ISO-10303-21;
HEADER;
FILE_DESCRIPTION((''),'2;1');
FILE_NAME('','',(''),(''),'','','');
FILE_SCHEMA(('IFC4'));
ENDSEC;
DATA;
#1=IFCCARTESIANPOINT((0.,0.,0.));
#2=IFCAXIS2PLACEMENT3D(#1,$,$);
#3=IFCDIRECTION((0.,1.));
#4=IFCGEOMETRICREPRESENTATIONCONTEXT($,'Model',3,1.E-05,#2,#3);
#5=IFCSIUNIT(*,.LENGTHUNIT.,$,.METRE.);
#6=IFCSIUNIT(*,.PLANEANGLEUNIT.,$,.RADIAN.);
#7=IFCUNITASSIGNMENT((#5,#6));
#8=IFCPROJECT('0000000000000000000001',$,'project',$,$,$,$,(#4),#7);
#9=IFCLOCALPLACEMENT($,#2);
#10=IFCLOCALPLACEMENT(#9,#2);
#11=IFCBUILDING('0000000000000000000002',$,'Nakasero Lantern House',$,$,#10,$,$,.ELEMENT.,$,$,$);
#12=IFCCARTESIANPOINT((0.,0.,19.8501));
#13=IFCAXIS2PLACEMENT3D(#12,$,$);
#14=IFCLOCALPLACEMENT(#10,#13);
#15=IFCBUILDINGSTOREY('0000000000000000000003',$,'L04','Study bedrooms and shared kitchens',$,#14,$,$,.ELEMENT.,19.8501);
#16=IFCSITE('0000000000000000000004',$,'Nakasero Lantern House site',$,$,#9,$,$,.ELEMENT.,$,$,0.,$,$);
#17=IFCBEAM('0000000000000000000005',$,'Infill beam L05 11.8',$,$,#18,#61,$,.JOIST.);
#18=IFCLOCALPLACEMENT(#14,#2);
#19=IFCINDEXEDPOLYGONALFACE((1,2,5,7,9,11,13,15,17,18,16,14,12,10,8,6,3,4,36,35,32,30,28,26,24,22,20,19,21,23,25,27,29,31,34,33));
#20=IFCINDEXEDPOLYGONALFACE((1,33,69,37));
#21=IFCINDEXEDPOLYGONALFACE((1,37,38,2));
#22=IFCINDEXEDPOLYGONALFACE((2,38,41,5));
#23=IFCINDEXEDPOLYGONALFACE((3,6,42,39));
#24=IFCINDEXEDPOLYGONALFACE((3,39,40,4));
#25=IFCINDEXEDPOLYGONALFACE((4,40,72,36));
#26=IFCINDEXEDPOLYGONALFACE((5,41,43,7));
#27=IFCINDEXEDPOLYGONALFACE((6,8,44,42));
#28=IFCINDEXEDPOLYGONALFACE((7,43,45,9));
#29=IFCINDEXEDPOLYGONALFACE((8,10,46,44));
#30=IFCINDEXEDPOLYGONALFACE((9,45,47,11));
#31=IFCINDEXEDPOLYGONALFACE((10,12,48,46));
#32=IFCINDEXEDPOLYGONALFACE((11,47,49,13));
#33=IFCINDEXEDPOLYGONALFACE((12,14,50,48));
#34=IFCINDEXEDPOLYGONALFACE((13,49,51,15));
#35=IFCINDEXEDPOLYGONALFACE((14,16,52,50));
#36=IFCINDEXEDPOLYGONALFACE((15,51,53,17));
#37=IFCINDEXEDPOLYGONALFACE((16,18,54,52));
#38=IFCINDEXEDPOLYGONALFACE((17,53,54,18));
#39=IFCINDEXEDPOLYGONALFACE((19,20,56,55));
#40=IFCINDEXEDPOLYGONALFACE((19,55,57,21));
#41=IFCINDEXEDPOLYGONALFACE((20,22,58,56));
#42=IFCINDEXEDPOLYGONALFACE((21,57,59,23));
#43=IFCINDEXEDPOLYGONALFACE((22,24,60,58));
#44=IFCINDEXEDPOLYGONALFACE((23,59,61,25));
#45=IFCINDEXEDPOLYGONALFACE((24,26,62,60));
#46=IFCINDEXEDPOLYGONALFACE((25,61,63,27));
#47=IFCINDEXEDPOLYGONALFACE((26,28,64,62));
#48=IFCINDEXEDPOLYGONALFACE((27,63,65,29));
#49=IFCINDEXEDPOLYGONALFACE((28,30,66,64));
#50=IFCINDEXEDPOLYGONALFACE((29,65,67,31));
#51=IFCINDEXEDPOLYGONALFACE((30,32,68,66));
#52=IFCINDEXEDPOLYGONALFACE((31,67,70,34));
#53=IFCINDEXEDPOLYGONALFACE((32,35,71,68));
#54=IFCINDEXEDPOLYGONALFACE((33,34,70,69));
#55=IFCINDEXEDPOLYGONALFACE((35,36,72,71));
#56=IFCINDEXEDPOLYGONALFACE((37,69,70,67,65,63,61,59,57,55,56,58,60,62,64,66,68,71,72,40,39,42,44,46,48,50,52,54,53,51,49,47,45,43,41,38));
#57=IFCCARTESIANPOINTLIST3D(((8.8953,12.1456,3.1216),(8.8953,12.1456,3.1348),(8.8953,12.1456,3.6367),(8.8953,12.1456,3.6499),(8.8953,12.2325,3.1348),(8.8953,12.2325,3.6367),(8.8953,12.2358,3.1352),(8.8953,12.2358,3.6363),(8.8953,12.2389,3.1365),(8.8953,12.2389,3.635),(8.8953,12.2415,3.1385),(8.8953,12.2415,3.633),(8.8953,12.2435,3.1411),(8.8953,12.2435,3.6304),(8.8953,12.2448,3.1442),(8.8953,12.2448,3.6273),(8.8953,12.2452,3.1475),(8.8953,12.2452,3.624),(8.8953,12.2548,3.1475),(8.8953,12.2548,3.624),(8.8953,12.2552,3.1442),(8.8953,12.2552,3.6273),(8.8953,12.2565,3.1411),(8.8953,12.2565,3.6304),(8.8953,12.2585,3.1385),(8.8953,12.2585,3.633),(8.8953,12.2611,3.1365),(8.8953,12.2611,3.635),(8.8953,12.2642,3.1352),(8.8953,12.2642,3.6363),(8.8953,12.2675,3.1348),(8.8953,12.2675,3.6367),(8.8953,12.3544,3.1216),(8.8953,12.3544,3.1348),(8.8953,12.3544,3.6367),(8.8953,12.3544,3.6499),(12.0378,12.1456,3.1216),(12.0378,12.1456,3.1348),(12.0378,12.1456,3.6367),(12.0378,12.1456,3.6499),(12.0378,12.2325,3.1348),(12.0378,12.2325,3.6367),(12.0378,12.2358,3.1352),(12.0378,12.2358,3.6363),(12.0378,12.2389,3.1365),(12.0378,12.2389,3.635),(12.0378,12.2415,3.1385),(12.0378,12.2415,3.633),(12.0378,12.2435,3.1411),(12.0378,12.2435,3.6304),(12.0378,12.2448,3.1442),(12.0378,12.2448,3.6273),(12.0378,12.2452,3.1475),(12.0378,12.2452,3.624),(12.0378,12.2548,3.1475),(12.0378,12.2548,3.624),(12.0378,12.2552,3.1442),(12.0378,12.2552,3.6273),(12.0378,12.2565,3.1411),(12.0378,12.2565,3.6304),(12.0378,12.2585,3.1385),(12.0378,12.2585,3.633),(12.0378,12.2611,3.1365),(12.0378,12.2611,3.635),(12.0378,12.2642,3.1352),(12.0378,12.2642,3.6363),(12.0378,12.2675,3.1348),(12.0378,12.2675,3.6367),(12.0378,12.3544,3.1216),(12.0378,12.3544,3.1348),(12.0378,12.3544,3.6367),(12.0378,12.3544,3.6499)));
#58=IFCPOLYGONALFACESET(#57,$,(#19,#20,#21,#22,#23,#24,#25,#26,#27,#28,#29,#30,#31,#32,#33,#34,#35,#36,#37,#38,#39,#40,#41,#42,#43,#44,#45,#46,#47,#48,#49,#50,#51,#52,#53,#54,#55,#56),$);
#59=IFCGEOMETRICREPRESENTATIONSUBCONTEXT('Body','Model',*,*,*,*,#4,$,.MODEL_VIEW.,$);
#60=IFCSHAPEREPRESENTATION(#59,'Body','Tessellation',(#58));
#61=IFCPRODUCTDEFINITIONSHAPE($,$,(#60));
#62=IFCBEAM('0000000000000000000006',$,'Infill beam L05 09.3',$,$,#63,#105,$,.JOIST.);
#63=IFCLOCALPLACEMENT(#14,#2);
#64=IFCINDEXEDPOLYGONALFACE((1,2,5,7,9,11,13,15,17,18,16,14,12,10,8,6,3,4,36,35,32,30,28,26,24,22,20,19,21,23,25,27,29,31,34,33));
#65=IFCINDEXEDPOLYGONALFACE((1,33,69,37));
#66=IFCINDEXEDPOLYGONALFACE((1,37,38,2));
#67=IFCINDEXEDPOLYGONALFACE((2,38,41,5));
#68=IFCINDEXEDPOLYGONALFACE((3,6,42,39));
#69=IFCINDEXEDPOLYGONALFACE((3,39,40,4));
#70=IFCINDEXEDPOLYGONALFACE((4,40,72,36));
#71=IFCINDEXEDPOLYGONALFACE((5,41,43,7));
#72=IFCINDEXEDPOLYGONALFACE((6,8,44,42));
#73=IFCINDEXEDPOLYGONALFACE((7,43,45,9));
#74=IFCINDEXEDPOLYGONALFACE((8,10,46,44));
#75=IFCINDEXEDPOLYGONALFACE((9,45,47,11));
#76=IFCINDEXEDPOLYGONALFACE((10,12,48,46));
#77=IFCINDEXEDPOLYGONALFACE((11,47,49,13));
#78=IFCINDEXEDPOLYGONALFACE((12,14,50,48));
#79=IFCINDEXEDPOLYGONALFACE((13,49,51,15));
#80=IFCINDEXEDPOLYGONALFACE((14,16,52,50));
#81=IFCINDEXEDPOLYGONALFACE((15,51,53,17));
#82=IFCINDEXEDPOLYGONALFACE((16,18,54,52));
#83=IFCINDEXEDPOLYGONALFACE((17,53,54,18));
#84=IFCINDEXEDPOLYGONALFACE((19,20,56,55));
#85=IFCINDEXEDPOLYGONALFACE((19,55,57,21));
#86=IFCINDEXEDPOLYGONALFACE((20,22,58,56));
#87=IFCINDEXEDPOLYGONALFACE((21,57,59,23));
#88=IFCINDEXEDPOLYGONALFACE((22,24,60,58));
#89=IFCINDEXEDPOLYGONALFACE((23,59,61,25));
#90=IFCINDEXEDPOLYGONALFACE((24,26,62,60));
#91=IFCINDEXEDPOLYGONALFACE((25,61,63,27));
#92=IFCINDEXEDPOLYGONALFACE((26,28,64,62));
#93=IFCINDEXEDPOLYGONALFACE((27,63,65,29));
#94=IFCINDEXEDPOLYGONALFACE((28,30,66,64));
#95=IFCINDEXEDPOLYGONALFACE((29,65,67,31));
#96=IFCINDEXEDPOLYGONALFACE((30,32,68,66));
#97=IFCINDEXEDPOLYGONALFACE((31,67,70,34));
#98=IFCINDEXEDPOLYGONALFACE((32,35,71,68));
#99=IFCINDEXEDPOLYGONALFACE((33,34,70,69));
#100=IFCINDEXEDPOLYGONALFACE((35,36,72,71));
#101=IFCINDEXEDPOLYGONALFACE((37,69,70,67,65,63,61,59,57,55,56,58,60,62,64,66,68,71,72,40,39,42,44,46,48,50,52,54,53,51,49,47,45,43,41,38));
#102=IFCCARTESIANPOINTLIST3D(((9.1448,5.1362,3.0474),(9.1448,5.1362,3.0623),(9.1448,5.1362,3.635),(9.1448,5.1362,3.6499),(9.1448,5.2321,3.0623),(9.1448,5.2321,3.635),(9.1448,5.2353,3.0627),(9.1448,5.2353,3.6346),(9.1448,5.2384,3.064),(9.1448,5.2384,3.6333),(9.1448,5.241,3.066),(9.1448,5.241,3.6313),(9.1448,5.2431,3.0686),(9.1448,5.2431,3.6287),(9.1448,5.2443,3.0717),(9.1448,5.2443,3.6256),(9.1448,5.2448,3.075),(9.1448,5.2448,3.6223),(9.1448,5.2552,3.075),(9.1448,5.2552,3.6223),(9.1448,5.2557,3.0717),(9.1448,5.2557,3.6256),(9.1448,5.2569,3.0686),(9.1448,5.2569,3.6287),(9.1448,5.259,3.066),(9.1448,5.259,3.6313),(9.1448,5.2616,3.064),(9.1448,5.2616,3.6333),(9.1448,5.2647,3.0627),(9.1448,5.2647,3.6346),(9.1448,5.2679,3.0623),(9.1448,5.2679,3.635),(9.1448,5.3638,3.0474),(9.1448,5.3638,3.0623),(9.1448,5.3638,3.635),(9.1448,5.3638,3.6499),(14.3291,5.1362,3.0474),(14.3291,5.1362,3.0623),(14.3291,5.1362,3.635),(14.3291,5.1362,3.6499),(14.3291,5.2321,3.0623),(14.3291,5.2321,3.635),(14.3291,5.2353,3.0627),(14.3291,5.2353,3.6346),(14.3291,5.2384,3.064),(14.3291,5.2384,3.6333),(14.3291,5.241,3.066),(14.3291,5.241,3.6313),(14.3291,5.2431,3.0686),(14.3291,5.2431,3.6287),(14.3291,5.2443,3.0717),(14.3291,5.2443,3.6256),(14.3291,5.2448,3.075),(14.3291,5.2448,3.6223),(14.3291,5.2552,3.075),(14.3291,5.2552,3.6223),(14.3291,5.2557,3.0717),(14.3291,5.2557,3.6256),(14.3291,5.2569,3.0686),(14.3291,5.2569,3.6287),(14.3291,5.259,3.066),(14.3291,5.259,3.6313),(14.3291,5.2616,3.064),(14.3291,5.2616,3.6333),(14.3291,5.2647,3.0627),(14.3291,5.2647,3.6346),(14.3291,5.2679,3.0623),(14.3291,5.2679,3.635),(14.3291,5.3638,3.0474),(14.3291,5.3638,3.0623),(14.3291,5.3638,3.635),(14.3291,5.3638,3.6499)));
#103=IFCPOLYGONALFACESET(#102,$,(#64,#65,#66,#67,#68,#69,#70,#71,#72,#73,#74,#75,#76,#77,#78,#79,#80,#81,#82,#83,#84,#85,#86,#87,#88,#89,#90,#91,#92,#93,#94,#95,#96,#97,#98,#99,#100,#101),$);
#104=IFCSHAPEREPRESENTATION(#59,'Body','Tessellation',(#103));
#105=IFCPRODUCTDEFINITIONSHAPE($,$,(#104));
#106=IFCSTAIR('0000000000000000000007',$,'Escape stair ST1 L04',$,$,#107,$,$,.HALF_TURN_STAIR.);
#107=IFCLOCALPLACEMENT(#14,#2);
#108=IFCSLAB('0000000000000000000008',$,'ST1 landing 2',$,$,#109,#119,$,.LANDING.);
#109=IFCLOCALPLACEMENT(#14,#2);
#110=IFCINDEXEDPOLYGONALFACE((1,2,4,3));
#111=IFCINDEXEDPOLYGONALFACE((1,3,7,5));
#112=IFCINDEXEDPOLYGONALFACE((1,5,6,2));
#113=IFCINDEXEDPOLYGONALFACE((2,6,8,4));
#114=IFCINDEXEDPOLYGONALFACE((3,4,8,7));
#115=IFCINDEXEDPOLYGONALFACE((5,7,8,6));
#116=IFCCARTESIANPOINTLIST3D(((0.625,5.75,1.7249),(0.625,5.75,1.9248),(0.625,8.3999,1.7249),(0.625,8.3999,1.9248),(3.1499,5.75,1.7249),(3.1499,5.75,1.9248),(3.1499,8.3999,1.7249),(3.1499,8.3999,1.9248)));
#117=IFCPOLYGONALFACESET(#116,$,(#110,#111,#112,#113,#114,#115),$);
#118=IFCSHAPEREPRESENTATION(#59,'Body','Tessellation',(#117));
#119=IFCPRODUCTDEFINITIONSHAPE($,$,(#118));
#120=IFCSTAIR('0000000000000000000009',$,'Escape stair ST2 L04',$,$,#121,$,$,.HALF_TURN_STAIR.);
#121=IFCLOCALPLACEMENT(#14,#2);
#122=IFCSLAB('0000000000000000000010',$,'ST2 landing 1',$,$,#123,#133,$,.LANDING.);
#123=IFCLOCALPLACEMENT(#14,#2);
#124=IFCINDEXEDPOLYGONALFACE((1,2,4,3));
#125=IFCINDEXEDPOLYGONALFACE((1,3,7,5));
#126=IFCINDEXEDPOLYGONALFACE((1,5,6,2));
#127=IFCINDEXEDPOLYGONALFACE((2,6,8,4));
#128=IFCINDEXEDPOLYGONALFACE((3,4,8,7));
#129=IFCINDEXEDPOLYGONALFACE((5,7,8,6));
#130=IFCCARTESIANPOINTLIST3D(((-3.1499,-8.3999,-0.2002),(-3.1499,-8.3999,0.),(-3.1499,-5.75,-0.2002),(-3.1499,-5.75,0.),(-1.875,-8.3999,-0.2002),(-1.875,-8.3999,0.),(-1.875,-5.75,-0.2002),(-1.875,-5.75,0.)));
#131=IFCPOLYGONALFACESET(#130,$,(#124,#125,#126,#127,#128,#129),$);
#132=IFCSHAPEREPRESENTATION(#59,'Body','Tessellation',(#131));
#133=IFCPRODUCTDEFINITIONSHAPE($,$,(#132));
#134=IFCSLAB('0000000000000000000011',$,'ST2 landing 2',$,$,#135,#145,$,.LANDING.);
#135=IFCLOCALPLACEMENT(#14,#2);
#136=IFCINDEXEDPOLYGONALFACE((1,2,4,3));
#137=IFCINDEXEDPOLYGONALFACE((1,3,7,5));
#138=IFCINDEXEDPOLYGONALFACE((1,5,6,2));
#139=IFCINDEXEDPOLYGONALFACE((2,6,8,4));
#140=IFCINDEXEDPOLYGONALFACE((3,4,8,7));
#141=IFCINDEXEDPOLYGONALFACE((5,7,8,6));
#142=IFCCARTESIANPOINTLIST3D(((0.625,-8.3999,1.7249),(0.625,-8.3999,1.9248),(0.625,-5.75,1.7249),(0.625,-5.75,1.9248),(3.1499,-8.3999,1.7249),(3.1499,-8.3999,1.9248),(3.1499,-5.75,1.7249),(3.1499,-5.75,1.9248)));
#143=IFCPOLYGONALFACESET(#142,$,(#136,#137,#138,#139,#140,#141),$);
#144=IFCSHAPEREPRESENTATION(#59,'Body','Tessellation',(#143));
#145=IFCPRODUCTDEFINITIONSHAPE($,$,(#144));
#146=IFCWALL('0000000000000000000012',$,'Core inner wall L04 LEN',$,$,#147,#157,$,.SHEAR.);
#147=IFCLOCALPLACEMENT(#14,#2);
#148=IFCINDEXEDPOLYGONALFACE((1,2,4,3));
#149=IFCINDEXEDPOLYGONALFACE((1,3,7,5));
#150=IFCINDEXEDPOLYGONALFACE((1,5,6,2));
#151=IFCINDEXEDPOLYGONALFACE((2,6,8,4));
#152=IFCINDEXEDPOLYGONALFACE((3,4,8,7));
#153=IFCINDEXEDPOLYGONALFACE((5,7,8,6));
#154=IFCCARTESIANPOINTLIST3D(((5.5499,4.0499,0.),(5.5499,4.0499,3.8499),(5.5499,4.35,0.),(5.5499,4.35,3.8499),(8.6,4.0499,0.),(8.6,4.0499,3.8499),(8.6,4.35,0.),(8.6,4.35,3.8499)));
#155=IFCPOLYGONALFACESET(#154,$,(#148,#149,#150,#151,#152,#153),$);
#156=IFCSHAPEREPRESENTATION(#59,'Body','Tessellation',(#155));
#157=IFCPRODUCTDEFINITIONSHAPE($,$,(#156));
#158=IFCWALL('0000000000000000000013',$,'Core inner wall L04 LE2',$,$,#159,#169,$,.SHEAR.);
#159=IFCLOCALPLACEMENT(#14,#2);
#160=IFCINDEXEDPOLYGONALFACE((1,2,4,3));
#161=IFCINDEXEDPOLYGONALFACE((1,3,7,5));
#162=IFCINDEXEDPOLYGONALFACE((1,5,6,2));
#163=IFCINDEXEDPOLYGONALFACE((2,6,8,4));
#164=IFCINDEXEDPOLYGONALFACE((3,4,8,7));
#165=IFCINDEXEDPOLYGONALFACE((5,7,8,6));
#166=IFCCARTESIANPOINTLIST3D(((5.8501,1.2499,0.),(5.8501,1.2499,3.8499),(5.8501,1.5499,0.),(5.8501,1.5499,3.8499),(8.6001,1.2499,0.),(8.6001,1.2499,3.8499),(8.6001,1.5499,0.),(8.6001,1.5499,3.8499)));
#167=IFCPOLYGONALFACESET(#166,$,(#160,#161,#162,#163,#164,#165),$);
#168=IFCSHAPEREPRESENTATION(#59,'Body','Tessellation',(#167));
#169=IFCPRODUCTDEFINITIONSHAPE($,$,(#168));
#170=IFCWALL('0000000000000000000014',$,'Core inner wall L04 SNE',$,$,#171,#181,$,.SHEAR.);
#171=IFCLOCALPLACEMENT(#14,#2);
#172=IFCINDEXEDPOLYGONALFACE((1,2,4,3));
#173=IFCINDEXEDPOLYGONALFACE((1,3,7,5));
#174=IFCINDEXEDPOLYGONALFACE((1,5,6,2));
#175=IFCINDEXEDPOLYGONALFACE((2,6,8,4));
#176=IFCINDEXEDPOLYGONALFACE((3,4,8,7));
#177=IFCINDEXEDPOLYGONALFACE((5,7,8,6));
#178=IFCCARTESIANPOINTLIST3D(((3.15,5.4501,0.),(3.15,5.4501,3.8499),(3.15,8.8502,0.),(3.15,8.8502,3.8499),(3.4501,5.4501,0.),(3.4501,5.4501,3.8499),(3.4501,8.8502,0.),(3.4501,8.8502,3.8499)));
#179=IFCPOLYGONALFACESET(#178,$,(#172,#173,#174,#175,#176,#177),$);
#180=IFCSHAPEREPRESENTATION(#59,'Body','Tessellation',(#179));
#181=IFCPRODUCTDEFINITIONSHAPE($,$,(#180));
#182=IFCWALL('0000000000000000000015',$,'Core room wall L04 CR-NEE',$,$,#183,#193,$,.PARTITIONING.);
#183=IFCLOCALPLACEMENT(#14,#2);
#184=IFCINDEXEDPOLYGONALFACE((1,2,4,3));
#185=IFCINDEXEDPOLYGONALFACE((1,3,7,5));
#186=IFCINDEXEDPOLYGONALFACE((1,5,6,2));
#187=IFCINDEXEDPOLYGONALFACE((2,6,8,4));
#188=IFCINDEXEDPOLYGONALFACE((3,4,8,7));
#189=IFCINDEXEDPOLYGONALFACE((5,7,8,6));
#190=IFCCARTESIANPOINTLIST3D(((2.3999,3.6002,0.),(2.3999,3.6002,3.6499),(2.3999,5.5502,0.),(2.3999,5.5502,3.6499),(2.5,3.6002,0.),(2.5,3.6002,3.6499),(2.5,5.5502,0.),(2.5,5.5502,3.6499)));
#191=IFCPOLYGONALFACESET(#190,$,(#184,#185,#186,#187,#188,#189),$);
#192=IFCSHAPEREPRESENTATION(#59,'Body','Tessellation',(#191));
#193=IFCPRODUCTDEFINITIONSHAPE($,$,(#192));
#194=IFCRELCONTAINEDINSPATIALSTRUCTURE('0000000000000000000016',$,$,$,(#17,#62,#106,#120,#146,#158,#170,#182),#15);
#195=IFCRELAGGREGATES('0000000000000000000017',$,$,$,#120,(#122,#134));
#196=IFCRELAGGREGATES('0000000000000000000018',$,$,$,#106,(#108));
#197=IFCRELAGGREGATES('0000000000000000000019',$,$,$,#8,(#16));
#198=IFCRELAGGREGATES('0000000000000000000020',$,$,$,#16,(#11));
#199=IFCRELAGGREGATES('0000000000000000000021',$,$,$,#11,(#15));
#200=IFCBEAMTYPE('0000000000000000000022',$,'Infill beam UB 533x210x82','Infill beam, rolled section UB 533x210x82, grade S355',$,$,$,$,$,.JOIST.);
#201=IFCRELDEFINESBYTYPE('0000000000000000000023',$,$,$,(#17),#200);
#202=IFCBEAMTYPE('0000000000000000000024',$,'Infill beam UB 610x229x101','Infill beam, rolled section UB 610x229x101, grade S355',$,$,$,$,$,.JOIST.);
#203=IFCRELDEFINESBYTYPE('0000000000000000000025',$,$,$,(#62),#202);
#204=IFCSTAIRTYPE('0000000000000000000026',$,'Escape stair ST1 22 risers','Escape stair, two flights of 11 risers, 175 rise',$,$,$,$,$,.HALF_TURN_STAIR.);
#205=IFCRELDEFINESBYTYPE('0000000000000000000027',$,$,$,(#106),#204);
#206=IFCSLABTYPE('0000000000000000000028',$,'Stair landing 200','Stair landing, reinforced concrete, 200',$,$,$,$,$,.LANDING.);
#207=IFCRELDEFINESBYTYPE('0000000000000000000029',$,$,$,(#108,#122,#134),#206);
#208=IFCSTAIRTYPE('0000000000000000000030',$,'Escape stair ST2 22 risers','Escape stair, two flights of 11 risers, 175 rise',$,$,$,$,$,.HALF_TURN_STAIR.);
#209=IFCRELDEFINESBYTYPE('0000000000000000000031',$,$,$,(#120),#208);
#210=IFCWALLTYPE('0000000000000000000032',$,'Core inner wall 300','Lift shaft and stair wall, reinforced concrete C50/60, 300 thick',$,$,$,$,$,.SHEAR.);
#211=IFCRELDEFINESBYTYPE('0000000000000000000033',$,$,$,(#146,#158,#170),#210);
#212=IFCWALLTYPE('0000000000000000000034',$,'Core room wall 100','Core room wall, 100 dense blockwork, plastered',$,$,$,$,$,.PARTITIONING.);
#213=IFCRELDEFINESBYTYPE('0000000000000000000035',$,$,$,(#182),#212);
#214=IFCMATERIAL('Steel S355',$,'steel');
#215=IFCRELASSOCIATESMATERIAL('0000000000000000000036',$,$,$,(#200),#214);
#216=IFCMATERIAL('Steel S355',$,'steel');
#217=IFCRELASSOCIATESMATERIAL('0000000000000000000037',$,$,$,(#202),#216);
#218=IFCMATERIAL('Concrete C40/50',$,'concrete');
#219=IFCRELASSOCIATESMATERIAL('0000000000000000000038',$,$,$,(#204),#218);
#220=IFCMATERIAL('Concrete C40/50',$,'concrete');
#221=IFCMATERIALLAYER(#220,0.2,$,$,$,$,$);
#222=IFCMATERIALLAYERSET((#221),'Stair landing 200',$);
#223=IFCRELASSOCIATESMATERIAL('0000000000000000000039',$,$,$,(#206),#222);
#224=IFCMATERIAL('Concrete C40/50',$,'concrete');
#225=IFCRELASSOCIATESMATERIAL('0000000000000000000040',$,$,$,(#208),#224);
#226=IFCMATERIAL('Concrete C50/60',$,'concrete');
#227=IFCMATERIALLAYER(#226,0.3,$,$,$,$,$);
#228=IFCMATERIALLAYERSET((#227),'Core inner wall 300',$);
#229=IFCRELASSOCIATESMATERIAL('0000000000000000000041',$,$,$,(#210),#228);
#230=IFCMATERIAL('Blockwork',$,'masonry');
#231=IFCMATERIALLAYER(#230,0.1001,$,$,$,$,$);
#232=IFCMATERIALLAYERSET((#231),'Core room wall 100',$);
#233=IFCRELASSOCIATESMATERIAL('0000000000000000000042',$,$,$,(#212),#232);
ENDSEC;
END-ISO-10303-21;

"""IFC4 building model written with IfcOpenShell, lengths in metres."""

from ifc_helpers import new_model, si_unit, direction, frame, frame_2d, origin, origin_2d, place, context, subcontext, project, spatial, polyline, rectangle, i_section, outline, extrude, material, layer, layer_set, material_profile, profile_set, type_object, element, aggregate, save


model = new_model("IFC4")

# Units and contexts
model_context = context("Model", 3, precision=1e-05, world=origin(), true_north=direction((0.0, 1.0)))
body_context = subcontext(model_context, "Body", "Model", "MODEL_VIEW")
ifc_project = project(units=[si_unit("LENGTHUNIT", "METRE"), si_unit("PLANEANGLEUNIT", "RADIAN")], contexts=[model_context])

# Site, building, storey
site_placement = place(None, origin())
site = spatial("IfcSite", under=ifc_project, at=site_placement, Name="Nakasero Lantern House site", CompositionType="ELEMENT", RefElevation=0.0)
building_placement = place(site_placement, origin())
building = spatial("IfcBuilding", under=site, at=building_placement, Name="Nakasero Lantern House", CompositionType="ELEMENT")
storey_placement = place(building_placement, frame((0.0, 0.0, 19.8501)))
storey = spatial("IfcBuildingStorey", under=building, at=storey_placement, Name="L04", Description="Study bedrooms and shared kitchens", CompositionType="ELEMENT", Elevation=19.8501)

# Beams
ifc_material_1 = material(Name="Steel S355", Category="steel")
ifc_material_profile_1 = material_profile(ifc_material_1, i_section(OverallWidth=0.2087, OverallDepth=0.5283, WebThickness=0.0095, FlangeThickness=0.0132, FilletRadius=0.0127, at=origin_2d()), Name="UB 533x210x82")
ifc_profile_set_1 = profile_set([ifc_material_profile_1], Name="Steel S355")
beam_type_1 = type_object("IfcBeamType", Name="Infill beam UB 533x210x82", Description="Infill beam, rolled section UB 533x210x82, grade S355", PredefinedType="JOIST", material=ifc_profile_set_1)
beam_1_placement = place(storey_placement, frame((8.8953, 12.25, 3.3857), z_axis=(1.0, 0.0, 0.0), x_axis=(0.0, 1.0, 0.0)))
element("IfcBeam", 1, at=beam_1_placement, inside=storey, type_object=beam_type_1, Name="Infill beam L05 11.8", PredefinedType="JOIST", context=body_context, shape_type="SweptSolid", body=[
    extrude(i_section(OverallWidth=0.2087, OverallDepth=0.5283, WebThickness=0.0095, FlangeThickness=0.0132, FilletRadius=0.0127, at=origin_2d()), origin(), (0.0, 0.0, 1.0), 3.1426),
])
ifc_material_2 = material(Name="Steel S355", Category="steel")
ifc_material_profile_2 = material_profile(ifc_material_2, i_section(OverallWidth=0.2275, OverallDepth=0.6025, WebThickness=0.0105, FlangeThickness=0.0149, FilletRadius=0.0127, at=origin_2d()), Name="UB 610x229x101")
ifc_profile_set_2 = profile_set([ifc_material_profile_2], Name="Steel S355")
beam_type_2 = type_object("IfcBeamType", Name="Infill beam UB 610x229x101", Description="Infill beam, rolled section UB 610x229x101, grade S355", PredefinedType="JOIST", material=ifc_profile_set_2)
beam_2_placement = place(storey_placement, frame((9.1448, 5.25, 3.3486), z_axis=(1.0, 0.0, 0.0), x_axis=(0.0, 1.0, 0.0)))
element("IfcBeam", 2, at=beam_2_placement, inside=storey, type_object=beam_type_2, Name="Infill beam L05 09.3", PredefinedType="JOIST", context=body_context, shape_type="SweptSolid", body=[
    extrude(i_section(OverallWidth=0.2275, OverallDepth=0.6025, WebThickness=0.0105, FlangeThickness=0.0149, FilletRadius=0.0127, at=origin_2d()), origin(), (0.0, 0.0, 1.0), 5.1843),
])

# Stair, slab
ifc_material_3 = material(Name="Concrete C40/50", Category="concrete")
stair_type_1 = type_object("IfcStairType", Name="Escape stair ST1 22 risers", Description="Escape stair, two flights of 11 risers, 175 rise", PredefinedType="HALF_TURN_STAIR", material=ifc_material_3)
stair_1_placement = place(storey_placement, origin())
stair_1 = element("IfcStair", 3, at=stair_1_placement, inside=storey, type_object=stair_type_1, Name="Escape stair ST1 L04", PredefinedType="HALF_TURN_STAIR")
ifc_material_4 = material(Name="Concrete C40/50", Category="concrete")
ifc_layer_1 = layer(ifc_material_4, 0.2)
ifc_layer_set_1 = layer_set([ifc_layer_1], Name="Stair landing 200")
slab_type = type_object("IfcSlabType", Name="Stair landing 200", Description="Stair landing, reinforced concrete, 200", PredefinedType="LANDING", material=ifc_layer_set_1)
slab_1_placement = place(storey_placement, frame((0.0, 0.0, 1.7249)))
slab_1 = element("IfcSlab", 4, at=slab_1_placement, type_object=slab_type, Name="ST1 landing 2", PredefinedType="LANDING", context=body_context, shape_type="SweptSolid", body=[
    extrude(outline(polyline([(0.625, 5.75), (3.1499, 5.75), (3.1499, 8.3999), (0.625, 8.3999), (0.625, 5.75)])), origin(), (0.0, 0.0, 1.0), 0.2),
])

# Stair, slabs
ifc_material_5 = material(Name="Concrete C40/50", Category="concrete")
stair_type_2 = type_object("IfcStairType", Name="Escape stair ST2 22 risers", Description="Escape stair, two flights of 11 risers, 175 rise", PredefinedType="HALF_TURN_STAIR", material=ifc_material_5)
stair_2_placement = place(storey_placement, origin())
stair_2 = element("IfcStair", 5, at=stair_2_placement, inside=storey, type_object=stair_type_2, Name="Escape stair ST2 L04", PredefinedType="HALF_TURN_STAIR")
slab_2_placement = place(storey_placement, frame((0.0, 0.0, -0.2002)))
slab_2 = element("IfcSlab", 6, at=slab_2_placement, type_object=slab_type, Name="ST2 landing 1", PredefinedType="LANDING", context=body_context, shape_type="SweptSolid", body=[
    extrude(outline(polyline([(-3.1499, -8.3999), (-1.875, -8.3999), (-1.875, -5.75), (-3.1499, -5.75), (-3.1499, -8.3999)])), origin(), (0.0, 0.0, 1.0), 0.2002),
])
slab_3_placement = place(storey_placement, frame((0.0, 0.0, 1.7249)))
slab_3 = element("IfcSlab", 7, at=slab_3_placement, type_object=slab_type, Name="ST2 landing 2", PredefinedType="LANDING", context=body_context, shape_type="SweptSolid", body=[
    extrude(outline(polyline([(0.625, -8.3999), (3.1499, -8.3999), (3.1499, -5.75), (0.625, -5.75), (0.625, -8.3999)])), origin(), (0.0, 0.0, 1.0), 0.2),
])
aggregate(stair_2, [slab_2, slab_3])

# Walls
ifc_material_6 = material(Name="Concrete C50/60", Category="concrete")
ifc_layer_2 = layer(ifc_material_6, 0.3)
ifc_layer_set_2 = layer_set([ifc_layer_2], Name="Core inner wall 300")
wall_type_1 = type_object("IfcWallType", Name="Core inner wall 300", Description="Lift shaft and stair wall, reinforced concrete C50/60, 300 thick", PredefinedType="SHEAR", material=ifc_layer_set_2)
wall_1_placement = place(storey_placement, frame((5.55, 4.2, 0.0), z_axis=(0.0, 0.0, 1.0), x_axis=(1.0, 0.0, 0.0)))
element("IfcWall", 8, at=wall_1_placement, inside=storey, type_object=wall_type_1, Name="Core inner wall L04 LEN", PredefinedType="SHEAR", context=body_context, shape_type="SweptSolid", body=[
    extrude(rectangle(XDim=3.05, YDim=0.3, at=frame_2d((1.5249, 0.0))), origin(), (0.0, 0.0, 1.0), 3.8499),
])
wall_2_placement = place(storey_placement, frame((5.8501, 1.3999, 0.0), z_axis=(0.0, 0.0, 1.0), x_axis=(1.0, 0.0, 0.0)))
element("IfcWall", 9, at=wall_2_placement, inside=storey, type_object=wall_type_1, Name="Core inner wall L04 LE2", PredefinedType="SHEAR", context=body_context, shape_type="SweptSolid", body=[
    extrude(rectangle(XDim=2.75, YDim=0.3, at=frame_2d((1.375, 0.0))), origin(), (0.0, 0.0, 1.0), 3.8499),
])
wall_3_placement = place(storey_placement, frame((3.3, 5.45, 0.0), z_axis=(0.0, 0.0, 1.0), x_axis=(0.0, 1.0, 0.0)))
element("IfcWall", 10, at=wall_3_placement, inside=storey, type_object=wall_type_1, Name="Core inner wall L04 SNE", PredefinedType="SHEAR", context=body_context, shape_type="SweptSolid", body=[
    extrude(rectangle(XDim=3.4001, YDim=0.3, at=frame_2d((1.7002, 0.0))), origin(), (0.0, 0.0, 1.0), 3.8499),
])
ifc_material_7 = material(Name="Blockwork", Category="masonry")
ifc_layer_3 = layer(ifc_material_7, 0.1001)
ifc_layer_set_3 = layer_set([ifc_layer_3], Name="Core room wall 100")
wall_type_2 = type_object("IfcWallType", Name="Core room wall 100", Description="Core room wall, 100 dense blockwork, plastered", PredefinedType="PARTITIONING", material=ifc_layer_set_3)
wall_4_placement = place(storey_placement, frame((2.45, 3.6001, 0.0), z_axis=(0.0, 0.0, 1.0), x_axis=(0.0, 1.0, 0.0)))
element("IfcWall", 11, at=wall_4_placement, inside=storey, type_object=wall_type_2, Name="Core room wall L04 CR-NEE", PredefinedType="PARTITIONING", context=body_context, shape_type="SweptSolid", body=[
    extrude(rectangle(XDim=1.95, YDim=0.1001, at=frame_2d((0.9751, 0.0))), origin(), (0.0, 0.0, 1.0), 3.6499),
])

aggregate(stair_1, [slab_1])

save(model, "model.ifc")
